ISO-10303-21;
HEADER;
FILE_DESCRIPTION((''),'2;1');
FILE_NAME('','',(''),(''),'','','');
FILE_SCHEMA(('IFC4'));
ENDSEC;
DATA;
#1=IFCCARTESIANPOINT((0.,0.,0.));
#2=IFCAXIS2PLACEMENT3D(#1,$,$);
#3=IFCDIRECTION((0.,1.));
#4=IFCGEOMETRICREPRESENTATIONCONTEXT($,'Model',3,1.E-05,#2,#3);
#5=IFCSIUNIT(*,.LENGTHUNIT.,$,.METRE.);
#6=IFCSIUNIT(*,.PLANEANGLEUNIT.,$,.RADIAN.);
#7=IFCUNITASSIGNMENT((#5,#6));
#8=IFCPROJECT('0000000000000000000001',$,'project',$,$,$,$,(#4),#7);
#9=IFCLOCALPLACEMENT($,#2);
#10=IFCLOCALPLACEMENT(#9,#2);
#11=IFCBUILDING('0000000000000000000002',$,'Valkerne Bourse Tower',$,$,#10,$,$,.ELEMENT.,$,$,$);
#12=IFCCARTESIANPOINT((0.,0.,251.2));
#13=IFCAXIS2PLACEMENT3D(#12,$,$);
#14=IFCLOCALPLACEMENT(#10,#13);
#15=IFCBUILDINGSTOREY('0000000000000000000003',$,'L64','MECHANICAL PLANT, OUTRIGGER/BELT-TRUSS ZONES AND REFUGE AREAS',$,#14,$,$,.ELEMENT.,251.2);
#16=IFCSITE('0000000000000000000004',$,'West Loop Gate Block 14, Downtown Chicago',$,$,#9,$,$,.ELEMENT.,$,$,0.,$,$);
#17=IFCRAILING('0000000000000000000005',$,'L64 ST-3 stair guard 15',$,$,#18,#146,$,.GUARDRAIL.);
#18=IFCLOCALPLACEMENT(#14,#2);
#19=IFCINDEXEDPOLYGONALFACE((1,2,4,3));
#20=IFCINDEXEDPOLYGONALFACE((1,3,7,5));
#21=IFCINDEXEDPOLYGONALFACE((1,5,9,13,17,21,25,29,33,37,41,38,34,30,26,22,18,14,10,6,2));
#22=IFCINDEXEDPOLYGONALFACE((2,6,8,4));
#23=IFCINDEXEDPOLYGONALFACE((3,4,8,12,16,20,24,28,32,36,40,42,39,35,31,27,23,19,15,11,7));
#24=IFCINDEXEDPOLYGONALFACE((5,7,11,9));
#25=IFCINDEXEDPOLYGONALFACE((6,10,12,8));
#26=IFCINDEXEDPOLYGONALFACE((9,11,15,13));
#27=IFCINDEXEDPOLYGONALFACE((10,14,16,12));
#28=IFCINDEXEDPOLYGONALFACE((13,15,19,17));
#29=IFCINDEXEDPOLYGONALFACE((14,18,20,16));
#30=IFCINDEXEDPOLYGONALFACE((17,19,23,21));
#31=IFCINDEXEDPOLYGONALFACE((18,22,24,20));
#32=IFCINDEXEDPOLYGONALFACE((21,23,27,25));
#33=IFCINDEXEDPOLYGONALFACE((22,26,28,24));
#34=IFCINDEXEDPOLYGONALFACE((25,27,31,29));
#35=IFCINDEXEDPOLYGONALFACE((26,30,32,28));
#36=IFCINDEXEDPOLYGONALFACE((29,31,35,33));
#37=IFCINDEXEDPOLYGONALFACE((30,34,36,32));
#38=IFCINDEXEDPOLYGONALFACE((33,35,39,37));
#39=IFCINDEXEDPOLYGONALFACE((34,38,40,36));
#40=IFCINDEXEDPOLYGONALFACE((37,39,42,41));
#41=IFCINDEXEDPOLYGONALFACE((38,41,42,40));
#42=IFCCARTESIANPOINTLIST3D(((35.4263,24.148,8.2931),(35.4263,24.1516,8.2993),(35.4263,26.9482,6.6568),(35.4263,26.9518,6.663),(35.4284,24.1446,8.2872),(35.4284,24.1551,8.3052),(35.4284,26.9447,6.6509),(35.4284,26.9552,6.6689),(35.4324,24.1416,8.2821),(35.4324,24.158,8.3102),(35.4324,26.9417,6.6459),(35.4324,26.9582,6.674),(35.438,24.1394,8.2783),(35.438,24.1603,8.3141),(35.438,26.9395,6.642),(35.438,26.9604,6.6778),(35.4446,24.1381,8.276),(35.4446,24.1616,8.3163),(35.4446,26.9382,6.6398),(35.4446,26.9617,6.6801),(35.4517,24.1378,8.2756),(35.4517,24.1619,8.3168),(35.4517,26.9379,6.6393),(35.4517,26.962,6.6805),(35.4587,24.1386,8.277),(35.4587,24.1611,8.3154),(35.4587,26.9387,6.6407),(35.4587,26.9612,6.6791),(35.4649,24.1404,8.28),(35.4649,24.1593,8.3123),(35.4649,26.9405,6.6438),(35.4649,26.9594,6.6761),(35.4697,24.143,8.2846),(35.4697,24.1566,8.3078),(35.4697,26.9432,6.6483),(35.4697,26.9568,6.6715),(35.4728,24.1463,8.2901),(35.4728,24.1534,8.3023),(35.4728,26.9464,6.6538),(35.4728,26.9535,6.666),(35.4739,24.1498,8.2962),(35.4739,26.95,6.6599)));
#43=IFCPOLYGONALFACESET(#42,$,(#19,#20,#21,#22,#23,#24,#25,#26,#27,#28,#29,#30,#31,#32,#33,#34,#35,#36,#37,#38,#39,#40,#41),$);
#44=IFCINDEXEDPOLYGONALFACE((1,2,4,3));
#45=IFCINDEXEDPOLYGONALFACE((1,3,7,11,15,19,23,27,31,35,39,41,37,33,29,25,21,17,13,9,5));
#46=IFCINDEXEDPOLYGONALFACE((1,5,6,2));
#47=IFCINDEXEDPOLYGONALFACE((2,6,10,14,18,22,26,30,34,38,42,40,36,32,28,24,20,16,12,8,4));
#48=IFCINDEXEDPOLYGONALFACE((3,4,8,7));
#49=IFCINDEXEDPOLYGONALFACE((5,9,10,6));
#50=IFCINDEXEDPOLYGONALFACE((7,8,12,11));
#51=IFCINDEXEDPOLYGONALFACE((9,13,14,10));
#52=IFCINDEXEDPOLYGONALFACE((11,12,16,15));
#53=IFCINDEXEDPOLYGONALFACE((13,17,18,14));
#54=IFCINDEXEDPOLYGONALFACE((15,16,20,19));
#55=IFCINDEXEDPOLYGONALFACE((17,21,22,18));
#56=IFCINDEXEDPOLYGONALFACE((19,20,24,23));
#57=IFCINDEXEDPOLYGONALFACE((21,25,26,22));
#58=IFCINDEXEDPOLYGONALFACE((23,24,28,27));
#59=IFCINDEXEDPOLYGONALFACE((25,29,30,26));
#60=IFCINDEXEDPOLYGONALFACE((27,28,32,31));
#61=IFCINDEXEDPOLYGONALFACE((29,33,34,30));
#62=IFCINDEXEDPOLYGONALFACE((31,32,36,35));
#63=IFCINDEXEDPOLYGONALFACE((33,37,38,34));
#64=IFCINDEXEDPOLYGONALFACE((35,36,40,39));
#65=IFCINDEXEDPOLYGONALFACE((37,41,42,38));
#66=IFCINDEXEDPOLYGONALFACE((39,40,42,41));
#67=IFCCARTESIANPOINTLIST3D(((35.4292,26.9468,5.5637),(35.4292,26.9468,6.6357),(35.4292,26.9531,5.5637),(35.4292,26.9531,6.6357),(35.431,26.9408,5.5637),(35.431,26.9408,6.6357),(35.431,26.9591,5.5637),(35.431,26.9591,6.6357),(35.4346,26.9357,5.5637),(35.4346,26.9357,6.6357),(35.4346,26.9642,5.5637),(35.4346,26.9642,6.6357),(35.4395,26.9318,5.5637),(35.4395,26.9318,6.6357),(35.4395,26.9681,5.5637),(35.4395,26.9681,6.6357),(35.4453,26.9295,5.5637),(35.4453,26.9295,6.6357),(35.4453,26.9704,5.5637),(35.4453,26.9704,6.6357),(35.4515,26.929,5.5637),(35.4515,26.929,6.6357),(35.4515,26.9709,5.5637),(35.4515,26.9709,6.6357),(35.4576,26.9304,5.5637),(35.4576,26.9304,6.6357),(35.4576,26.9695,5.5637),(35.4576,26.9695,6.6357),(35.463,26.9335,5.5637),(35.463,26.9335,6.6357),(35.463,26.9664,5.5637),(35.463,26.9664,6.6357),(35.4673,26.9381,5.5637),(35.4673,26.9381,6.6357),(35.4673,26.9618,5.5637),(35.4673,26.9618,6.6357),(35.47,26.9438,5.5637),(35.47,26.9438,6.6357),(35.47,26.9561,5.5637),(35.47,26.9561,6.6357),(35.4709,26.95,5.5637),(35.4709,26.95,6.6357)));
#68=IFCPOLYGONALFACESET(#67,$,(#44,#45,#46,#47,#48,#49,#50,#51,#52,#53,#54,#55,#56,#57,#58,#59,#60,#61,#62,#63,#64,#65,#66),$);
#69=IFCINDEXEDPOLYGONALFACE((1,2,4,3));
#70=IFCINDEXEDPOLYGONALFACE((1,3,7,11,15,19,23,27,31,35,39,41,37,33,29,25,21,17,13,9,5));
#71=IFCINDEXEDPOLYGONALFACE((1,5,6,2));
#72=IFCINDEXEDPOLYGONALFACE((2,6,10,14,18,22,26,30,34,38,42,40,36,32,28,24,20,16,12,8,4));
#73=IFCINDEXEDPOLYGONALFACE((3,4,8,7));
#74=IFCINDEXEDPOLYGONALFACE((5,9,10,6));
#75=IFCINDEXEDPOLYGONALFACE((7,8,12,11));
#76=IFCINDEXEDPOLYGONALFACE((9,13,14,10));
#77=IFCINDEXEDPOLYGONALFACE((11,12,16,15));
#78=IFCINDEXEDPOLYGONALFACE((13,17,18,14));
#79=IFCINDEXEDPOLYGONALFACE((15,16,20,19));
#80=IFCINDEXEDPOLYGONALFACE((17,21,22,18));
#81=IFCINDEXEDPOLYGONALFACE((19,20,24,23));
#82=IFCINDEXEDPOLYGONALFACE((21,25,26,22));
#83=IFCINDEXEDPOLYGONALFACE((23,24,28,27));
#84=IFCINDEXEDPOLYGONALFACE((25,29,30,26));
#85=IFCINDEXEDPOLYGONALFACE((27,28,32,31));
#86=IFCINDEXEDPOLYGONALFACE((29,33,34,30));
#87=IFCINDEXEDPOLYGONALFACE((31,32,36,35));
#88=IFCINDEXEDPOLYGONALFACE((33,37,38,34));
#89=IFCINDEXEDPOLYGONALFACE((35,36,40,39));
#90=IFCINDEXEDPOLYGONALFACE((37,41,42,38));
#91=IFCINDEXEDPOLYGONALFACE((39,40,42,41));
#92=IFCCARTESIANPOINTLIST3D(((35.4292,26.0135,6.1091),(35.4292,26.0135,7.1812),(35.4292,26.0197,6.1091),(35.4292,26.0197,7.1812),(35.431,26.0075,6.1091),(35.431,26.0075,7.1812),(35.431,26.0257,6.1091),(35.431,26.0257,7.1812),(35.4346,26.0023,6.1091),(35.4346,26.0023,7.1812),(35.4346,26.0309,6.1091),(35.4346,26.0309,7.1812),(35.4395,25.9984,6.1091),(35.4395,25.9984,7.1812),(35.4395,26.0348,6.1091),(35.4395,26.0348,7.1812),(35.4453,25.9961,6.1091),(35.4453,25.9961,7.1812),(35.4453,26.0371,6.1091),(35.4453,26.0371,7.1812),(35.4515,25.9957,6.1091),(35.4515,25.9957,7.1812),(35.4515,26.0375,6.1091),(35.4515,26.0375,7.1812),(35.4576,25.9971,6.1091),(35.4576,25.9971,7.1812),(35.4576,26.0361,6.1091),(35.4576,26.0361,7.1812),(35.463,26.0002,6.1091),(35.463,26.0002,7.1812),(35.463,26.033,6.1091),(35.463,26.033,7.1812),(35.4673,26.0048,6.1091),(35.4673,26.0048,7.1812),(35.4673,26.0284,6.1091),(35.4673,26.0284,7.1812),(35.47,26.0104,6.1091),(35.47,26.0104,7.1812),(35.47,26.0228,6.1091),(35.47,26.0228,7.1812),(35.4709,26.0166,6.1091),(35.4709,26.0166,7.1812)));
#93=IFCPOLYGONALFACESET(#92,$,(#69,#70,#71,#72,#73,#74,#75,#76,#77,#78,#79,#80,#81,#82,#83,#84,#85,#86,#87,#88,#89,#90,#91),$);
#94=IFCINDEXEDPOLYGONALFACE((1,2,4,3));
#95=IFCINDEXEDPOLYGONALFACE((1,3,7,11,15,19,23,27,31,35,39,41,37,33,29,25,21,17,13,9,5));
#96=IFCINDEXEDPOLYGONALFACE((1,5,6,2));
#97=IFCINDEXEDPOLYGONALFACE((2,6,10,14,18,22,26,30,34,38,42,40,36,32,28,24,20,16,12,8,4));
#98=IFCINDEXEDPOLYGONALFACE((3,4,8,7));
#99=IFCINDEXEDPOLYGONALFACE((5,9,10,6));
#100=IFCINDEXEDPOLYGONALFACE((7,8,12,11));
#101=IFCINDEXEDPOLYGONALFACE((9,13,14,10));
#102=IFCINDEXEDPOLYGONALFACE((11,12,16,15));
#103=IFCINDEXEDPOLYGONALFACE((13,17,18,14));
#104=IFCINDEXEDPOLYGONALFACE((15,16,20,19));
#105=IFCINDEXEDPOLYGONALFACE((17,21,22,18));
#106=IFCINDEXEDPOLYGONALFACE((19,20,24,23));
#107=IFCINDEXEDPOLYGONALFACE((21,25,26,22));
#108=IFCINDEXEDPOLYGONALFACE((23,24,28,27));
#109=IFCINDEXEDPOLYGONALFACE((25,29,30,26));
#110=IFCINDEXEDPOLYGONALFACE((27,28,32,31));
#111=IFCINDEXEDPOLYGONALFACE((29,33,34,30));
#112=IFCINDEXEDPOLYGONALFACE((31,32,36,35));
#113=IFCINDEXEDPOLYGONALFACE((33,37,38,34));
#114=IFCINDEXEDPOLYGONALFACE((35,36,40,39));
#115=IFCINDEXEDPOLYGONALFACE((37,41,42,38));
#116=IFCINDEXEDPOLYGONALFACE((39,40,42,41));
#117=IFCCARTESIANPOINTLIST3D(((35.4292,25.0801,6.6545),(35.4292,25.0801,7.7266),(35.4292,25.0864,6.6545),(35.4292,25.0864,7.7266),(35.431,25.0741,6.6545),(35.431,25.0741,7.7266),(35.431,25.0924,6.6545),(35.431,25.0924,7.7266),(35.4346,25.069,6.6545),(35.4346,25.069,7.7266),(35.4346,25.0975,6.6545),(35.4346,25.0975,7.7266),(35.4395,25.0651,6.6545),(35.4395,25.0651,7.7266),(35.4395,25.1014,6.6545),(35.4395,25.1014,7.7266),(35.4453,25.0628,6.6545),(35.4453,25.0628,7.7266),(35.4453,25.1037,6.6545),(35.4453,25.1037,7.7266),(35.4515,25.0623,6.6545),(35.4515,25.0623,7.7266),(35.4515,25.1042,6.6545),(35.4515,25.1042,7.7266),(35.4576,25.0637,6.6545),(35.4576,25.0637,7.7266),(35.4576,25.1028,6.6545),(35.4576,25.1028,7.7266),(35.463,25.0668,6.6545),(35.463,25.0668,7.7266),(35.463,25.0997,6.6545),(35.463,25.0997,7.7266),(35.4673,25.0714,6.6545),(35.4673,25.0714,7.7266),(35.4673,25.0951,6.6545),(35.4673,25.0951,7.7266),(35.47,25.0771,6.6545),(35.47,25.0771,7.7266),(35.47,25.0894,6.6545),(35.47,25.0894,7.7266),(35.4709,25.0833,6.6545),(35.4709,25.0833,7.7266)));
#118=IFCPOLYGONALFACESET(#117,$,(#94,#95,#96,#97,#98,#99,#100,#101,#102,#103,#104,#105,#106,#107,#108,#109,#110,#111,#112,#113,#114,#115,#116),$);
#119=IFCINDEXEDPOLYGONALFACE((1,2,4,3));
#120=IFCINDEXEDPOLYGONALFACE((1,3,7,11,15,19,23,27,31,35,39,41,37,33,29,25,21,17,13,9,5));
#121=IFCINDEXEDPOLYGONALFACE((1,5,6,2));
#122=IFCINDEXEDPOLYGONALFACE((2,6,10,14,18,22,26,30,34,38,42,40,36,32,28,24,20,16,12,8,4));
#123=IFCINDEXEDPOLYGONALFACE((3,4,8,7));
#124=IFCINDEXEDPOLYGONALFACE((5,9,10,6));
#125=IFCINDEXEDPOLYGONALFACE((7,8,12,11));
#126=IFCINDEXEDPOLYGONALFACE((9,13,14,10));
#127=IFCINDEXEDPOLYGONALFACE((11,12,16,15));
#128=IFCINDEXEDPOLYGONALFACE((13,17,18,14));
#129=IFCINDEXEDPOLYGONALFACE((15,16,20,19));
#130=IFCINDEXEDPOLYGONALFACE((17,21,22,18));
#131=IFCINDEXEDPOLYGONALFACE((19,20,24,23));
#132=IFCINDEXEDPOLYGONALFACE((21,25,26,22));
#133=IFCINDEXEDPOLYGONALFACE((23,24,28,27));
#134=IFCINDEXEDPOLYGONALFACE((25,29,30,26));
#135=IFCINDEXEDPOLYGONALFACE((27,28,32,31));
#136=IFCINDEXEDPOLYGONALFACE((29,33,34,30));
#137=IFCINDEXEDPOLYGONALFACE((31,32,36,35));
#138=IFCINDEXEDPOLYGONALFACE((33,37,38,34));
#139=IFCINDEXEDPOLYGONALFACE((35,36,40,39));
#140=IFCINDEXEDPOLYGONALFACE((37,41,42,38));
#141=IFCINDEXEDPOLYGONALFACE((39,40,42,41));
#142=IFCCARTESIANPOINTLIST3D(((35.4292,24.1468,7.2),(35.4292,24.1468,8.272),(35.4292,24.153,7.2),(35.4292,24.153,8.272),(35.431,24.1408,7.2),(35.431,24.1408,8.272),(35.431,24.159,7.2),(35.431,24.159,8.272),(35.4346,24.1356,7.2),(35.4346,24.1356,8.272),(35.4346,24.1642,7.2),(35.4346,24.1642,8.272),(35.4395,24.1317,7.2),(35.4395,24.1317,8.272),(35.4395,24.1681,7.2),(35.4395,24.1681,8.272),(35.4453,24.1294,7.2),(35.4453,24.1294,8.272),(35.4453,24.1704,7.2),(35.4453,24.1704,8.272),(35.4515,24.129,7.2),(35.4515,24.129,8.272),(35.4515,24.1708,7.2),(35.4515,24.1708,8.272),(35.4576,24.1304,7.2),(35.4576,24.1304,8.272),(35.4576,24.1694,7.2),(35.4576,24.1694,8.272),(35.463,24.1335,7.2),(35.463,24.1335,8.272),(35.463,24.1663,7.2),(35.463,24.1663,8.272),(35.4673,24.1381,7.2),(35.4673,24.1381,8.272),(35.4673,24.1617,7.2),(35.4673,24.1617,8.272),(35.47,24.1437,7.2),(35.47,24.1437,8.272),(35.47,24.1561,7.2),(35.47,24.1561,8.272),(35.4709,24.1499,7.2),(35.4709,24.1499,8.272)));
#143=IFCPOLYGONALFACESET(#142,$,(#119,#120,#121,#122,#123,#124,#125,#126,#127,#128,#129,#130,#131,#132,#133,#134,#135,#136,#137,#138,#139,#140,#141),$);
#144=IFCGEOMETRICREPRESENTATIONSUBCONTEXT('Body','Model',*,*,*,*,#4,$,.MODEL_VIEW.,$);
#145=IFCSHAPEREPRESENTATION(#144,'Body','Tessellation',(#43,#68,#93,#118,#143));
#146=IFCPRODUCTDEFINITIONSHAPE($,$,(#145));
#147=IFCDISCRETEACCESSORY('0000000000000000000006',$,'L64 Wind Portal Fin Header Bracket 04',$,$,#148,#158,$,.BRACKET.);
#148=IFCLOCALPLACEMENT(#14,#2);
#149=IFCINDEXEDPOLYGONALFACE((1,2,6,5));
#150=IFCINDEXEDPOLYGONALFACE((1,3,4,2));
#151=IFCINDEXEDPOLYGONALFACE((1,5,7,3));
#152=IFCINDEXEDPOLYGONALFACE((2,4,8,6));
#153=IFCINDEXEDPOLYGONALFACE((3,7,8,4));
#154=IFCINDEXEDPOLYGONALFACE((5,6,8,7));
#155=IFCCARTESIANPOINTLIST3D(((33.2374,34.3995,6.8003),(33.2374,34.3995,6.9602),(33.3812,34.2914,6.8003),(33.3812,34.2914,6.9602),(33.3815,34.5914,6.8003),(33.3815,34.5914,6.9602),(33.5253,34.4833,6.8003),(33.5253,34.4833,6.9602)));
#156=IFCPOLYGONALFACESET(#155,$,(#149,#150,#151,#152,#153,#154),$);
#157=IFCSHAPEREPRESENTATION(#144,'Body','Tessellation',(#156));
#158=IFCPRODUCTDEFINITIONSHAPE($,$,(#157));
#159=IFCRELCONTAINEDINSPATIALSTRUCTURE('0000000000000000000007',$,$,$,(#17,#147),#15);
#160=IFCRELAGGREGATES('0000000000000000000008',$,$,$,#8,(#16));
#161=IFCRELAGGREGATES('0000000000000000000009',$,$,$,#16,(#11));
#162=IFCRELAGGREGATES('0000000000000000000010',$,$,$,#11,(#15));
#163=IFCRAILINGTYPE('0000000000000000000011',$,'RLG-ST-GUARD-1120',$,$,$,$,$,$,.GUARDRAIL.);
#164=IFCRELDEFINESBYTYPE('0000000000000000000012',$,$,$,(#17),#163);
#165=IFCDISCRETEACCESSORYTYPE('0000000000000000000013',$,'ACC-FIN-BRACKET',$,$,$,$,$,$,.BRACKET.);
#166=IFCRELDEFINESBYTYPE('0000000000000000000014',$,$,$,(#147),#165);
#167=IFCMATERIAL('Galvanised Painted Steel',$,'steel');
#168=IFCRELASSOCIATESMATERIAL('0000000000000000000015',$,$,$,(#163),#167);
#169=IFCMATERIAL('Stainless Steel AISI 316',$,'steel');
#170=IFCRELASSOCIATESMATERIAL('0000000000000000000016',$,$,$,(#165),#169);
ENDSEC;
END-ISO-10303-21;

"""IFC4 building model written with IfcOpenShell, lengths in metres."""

from ifc_helpers import new_model, si_unit, direction, frame, origin, origin_2d, place, context, subcontext, project, spatial, rectangle, circle, extrude, material, type_object, element, save


model = new_model("IFC4")

# Units and contexts
model_context = context("Model", 3, precision=1e-05, world=origin(), true_north=direction((0.0, 1.0)))
body_context = subcontext(model_context, "Body", "Model", "MODEL_VIEW")
ifc_project = project(units=[si_unit("LENGTHUNIT", "METRE"), si_unit("PLANEANGLEUNIT", "RADIAN")], contexts=[model_context])

# Site, building, storey
site_placement = place(None, origin())
site = spatial("IfcSite", under=ifc_project, at=site_placement, Name="West Loop Gate Block 14, Downtown Chicago", CompositionType="ELEMENT", RefElevation=0.0)
building_placement = place(site_placement, origin())
building = spatial("IfcBuilding", under=site, at=building_placement, Name="Valkerne Bourse Tower", CompositionType="ELEMENT")
storey_placement = place(building_placement, frame((0.0, 0.0, 251.2)))
storey = spatial("IfcBuildingStorey", under=building, at=storey_placement, Name="L64", Description="MECHANICAL PLANT, OUTRIGGER/BELT-TRUSS ZONES AND REFUGE AREAS", CompositionType="ELEMENT", Elevation=251.2)

# Railing
ifc_material_1 = material(Name="Stainless Steel AISI 316", Category="steel")
ifc_material_2 = material(Name="Galvanised Painted Steel", Category="steel")
railing_type_1 = type_object("IfcRailingType", Name="RLG-ST-GUARD-1120", PredefinedType="GUARDRAIL", material=ifc_material_2)
railing_1_placement = place(storey_placement, frame((35.45, 26.95, 5.5637)))
element("IfcRailing", 1, at=railing_1_placement, inside=storey, type_object=railing_type_1, Name="L64 ST-3 stair guard 15", PredefinedType="GUARDRAIL", context=body_context, shape_type="SweptSolid", body=[
    extrude(circle(Radius=0.0239, at=origin_2d()), frame((0.0, 0.0, 1.0962), z_axis=(0.0, -0.863394, 0.504531), x_axis=(1.0, 0.0, 0.0)), (0.0, 0.0, 1.0), 3.2432),
    extrude(circle(Radius=0.021, at=origin_2d()), origin(), (0.0, 0.0, 1.0), 1.072),
    extrude(circle(Radius=0.021, at=origin_2d()), frame((0.0, -0.9333, 0.5454)), (0.0, 0.0, 1.0), 1.072),
    extrude(circle(Radius=0.021, at=origin_2d()), frame((0.0, -1.8667, 1.0908)), (0.0, 0.0, 1.0), 1.072),
    extrude(circle(Radius=0.021, at=origin_2d()), frame((0.0, -2.8, 1.6362)), (0.0, 0.0, 1.0), 1.072),
])

# Discrete accessory
discrete_accessory_type = type_object("IfcDiscreteAccessoryType", Name="ACC-FIN-BRACKET", PredefinedType="BRACKET", material=ifc_material_1)
discrete_accessory_placement = place(storey_placement, frame((33.3813, 34.4414, 6.8003), z_axis=(0.0, 0.0, 1.0), x_axis=(-0.60042, -0.799685, 0.0)))
element("IfcDiscreteAccessory", 2, at=discrete_accessory_placement, inside=storey, type_object=discrete_accessory_type, Name="L64 Wind Portal Fin Header Bracket 04", PredefinedType="BRACKET", context=body_context, shape_type="SweptSolid", body=[
    extrude(rectangle(XDim=0.24, YDim=0.1799, at=origin_2d()), origin(), (0.0, 0.0, 1.0), 0.1599),
])

save(model, "model.ifc")
